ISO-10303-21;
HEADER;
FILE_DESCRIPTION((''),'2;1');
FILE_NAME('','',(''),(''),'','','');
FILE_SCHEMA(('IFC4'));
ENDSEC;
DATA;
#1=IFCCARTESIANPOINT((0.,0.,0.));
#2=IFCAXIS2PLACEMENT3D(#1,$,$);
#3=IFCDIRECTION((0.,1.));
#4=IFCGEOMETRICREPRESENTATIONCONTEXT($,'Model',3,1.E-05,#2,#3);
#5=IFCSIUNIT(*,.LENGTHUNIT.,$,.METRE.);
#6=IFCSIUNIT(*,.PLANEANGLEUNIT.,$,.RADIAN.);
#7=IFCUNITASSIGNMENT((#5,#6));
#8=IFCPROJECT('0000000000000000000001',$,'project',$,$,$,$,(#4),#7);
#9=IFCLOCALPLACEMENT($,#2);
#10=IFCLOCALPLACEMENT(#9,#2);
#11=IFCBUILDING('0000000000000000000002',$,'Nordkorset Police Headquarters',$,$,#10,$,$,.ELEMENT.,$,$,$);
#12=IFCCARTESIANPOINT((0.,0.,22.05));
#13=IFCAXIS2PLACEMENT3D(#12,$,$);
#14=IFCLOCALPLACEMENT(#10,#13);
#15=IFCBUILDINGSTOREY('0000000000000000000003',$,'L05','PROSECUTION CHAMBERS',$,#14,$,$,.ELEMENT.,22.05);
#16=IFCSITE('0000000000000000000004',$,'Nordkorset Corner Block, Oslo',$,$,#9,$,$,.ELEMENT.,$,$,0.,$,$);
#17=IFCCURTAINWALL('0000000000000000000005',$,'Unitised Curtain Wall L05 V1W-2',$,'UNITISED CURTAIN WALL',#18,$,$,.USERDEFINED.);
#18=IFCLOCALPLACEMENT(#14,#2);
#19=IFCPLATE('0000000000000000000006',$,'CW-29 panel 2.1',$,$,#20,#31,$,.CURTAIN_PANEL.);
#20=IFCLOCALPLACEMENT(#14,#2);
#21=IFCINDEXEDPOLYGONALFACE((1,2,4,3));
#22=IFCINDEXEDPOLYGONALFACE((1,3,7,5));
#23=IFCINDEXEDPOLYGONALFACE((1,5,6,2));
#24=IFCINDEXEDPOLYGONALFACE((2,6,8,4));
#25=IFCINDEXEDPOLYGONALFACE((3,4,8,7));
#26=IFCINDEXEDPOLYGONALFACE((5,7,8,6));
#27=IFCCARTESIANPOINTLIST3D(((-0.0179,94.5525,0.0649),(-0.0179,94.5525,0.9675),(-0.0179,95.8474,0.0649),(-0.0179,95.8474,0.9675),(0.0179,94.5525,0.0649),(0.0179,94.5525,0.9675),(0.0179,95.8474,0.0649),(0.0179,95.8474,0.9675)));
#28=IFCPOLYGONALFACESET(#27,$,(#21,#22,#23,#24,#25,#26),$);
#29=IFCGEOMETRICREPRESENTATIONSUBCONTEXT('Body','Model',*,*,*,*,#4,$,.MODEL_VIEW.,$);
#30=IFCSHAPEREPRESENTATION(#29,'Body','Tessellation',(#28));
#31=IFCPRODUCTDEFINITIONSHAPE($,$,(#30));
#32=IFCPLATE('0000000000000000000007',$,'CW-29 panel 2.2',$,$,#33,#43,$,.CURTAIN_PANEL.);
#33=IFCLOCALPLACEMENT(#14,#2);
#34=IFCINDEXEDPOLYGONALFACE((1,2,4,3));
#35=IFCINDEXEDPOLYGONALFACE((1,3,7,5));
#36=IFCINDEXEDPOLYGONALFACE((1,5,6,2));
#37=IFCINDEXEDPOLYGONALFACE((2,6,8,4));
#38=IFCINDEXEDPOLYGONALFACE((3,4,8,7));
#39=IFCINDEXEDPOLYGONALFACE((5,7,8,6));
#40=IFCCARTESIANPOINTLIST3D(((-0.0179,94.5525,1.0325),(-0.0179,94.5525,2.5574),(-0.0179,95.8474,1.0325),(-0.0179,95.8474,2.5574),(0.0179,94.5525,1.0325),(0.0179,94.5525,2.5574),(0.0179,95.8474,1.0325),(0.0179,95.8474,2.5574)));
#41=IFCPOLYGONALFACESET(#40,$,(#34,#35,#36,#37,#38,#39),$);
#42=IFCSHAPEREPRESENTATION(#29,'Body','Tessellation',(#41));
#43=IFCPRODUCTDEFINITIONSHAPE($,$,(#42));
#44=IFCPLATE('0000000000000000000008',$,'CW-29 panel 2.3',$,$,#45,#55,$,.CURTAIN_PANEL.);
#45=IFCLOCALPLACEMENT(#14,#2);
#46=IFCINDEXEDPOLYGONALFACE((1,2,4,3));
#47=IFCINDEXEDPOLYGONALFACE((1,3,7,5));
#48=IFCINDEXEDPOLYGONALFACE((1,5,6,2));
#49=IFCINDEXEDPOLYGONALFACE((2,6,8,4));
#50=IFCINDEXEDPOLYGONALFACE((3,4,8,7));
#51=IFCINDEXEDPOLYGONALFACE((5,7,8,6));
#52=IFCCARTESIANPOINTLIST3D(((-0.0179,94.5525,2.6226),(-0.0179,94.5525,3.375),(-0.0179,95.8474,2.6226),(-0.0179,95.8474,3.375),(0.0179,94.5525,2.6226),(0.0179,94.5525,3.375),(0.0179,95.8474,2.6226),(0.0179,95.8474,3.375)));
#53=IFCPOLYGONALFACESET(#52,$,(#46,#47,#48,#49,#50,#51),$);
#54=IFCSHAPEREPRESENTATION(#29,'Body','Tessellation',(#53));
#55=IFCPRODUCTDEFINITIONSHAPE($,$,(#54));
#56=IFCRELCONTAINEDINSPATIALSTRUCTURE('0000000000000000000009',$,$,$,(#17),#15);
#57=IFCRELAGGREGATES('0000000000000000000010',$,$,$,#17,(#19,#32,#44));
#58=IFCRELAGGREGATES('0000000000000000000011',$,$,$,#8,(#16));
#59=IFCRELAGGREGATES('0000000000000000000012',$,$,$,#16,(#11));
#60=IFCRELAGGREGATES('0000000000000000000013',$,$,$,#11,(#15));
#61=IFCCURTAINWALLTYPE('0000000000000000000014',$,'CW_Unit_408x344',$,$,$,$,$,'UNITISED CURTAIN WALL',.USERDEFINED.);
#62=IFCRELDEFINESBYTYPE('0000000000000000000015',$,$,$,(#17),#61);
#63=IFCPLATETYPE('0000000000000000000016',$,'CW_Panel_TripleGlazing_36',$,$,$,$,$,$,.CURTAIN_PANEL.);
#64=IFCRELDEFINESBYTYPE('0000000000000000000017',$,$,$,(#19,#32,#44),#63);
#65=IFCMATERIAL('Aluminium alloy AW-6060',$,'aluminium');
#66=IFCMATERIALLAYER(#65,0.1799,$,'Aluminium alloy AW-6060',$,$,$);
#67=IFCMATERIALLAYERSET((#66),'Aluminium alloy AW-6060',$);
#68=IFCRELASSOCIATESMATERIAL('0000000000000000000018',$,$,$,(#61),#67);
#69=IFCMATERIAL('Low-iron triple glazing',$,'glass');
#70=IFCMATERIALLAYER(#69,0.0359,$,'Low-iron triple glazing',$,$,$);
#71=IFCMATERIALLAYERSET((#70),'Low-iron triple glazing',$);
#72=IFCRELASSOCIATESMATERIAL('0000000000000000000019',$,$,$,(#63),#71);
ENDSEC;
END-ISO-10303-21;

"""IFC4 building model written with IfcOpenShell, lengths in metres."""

from ifc_helpers import new_model, si_unit, direction, frame, origin, origin_2d, place, context, subcontext, project, spatial, rectangle, extrude, material, layer, layer_set, type_object, element, aggregate, save


model = new_model("IFC4")

# Units and contexts
model_context = context("Model", 3, precision=1e-05, world=origin(), true_north=direction((0.0, 1.0)))
body_context = subcontext(model_context, "Body", "Model", "MODEL_VIEW")
ifc_project = project(units=[si_unit("LENGTHUNIT", "METRE"), si_unit("PLANEANGLEUNIT", "RADIAN")], contexts=[model_context])

# Site, building, storey
site_placement = place(None, origin())
site = spatial("IfcSite", under=ifc_project, at=site_placement, Name="Nordkorset Corner Block, Oslo", CompositionType="ELEMENT", RefElevation=0.0)
building_placement = place(site_placement, origin())
building = spatial("IfcBuilding", under=site, at=building_placement, Name="Nordkorset Police Headquarters", CompositionType="ELEMENT")
storey_placement = place(building_placement, frame((0.0, 0.0, 22.05)))
storey = spatial("IfcBuildingStorey", under=building, at=storey_placement, Name="L05", Description="PROSECUTION CHAMBERS", CompositionType="ELEMENT", Elevation=22.05)

# Curtain wall
ifc_material_1 = material(Name="Aluminium alloy AW-6060", Category="aluminium")
ifc_layer_1 = layer(ifc_material_1, 0.1799, Name="Aluminium alloy AW-6060")
ifc_layer_set_1 = layer_set([ifc_layer_1], Name="Aluminium alloy AW-6060")
curtain_wall_type = type_object("IfcCurtainWallType", Name="CW_Unit_408x344", ElementType="UNITISED CURTAIN WALL", PredefinedType="USERDEFINED", material=ifc_layer_set_1)
curtain_wall_1_placement = place(storey_placement, origin())
curtain_wall_1 = element("IfcCurtainWall", 1, at=curtain_wall_1_placement, inside=storey, type_object=curtain_wall_type, Name="Unitised Curtain Wall L05 V1W-2", ObjectType="UNITISED CURTAIN WALL", PredefinedType="USERDEFINED")

# Plates
ifc_material_2 = material(Name="Low-iron triple glazing", Category="glass")
ifc_layer_2 = layer(ifc_material_2, 0.0359, Name="Low-iron triple glazing")
ifc_layer_set_2 = layer_set([ifc_layer_2], Name="Low-iron triple glazing")
plate_type = type_object("IfcPlateType", Name="CW_Panel_TripleGlazing_36", PredefinedType="CURTAIN_PANEL", material=ifc_layer_set_2)
plate_1_placement = place(storey_placement, frame((0.0, 95.2, 0.0649), z_axis=(0.0, 0.0, 1.0), x_axis=(0.0, 1.0, 0.0)))
plate_1 = element("IfcPlate", 2, at=plate_1_placement, type_object=plate_type, Name="CW-29 panel 2.1", PredefinedType="CURTAIN_PANEL", context=body_context, shape_type="SweptSolid", body=[
    extrude(rectangle(XDim=1.2949, YDim=0.0359, at=origin_2d()), origin(), (0.0, 0.0, 1.0), 0.9026),
])
plate_2_placement = place(storey_placement, frame((0.0, 95.2, 1.0325), z_axis=(0.0, 0.0, 1.0), x_axis=(0.0, 1.0, 0.0)))
plate_2 = element("IfcPlate", 3, at=plate_2_placement, type_object=plate_type, Name="CW-29 panel 2.2", PredefinedType="CURTAIN_PANEL", context=body_context, shape_type="SweptSolid", body=[
    extrude(rectangle(XDim=1.2949, YDim=0.0359, at=origin_2d()), origin(), (0.0, 0.0, 1.0), 1.5249),
])
plate_3_placement = place(storey_placement, frame((0.0, 95.2, 2.6226), z_axis=(0.0, 0.0, 1.0), x_axis=(0.0, 1.0, 0.0)))
plate_3 = element("IfcPlate", 4, at=plate_3_placement, type_object=plate_type, Name="CW-29 panel 2.3", PredefinedType="CURTAIN_PANEL", context=body_context, shape_type="SweptSolid", body=[
    extrude(rectangle(XDim=1.2949, YDim=0.0359, at=origin_2d()), origin(), (0.0, 0.0, 1.0), 0.7524),
])
aggregate(curtain_wall_1, [plate_1, plate_2, plate_3])

save(model, "model.ifc")
